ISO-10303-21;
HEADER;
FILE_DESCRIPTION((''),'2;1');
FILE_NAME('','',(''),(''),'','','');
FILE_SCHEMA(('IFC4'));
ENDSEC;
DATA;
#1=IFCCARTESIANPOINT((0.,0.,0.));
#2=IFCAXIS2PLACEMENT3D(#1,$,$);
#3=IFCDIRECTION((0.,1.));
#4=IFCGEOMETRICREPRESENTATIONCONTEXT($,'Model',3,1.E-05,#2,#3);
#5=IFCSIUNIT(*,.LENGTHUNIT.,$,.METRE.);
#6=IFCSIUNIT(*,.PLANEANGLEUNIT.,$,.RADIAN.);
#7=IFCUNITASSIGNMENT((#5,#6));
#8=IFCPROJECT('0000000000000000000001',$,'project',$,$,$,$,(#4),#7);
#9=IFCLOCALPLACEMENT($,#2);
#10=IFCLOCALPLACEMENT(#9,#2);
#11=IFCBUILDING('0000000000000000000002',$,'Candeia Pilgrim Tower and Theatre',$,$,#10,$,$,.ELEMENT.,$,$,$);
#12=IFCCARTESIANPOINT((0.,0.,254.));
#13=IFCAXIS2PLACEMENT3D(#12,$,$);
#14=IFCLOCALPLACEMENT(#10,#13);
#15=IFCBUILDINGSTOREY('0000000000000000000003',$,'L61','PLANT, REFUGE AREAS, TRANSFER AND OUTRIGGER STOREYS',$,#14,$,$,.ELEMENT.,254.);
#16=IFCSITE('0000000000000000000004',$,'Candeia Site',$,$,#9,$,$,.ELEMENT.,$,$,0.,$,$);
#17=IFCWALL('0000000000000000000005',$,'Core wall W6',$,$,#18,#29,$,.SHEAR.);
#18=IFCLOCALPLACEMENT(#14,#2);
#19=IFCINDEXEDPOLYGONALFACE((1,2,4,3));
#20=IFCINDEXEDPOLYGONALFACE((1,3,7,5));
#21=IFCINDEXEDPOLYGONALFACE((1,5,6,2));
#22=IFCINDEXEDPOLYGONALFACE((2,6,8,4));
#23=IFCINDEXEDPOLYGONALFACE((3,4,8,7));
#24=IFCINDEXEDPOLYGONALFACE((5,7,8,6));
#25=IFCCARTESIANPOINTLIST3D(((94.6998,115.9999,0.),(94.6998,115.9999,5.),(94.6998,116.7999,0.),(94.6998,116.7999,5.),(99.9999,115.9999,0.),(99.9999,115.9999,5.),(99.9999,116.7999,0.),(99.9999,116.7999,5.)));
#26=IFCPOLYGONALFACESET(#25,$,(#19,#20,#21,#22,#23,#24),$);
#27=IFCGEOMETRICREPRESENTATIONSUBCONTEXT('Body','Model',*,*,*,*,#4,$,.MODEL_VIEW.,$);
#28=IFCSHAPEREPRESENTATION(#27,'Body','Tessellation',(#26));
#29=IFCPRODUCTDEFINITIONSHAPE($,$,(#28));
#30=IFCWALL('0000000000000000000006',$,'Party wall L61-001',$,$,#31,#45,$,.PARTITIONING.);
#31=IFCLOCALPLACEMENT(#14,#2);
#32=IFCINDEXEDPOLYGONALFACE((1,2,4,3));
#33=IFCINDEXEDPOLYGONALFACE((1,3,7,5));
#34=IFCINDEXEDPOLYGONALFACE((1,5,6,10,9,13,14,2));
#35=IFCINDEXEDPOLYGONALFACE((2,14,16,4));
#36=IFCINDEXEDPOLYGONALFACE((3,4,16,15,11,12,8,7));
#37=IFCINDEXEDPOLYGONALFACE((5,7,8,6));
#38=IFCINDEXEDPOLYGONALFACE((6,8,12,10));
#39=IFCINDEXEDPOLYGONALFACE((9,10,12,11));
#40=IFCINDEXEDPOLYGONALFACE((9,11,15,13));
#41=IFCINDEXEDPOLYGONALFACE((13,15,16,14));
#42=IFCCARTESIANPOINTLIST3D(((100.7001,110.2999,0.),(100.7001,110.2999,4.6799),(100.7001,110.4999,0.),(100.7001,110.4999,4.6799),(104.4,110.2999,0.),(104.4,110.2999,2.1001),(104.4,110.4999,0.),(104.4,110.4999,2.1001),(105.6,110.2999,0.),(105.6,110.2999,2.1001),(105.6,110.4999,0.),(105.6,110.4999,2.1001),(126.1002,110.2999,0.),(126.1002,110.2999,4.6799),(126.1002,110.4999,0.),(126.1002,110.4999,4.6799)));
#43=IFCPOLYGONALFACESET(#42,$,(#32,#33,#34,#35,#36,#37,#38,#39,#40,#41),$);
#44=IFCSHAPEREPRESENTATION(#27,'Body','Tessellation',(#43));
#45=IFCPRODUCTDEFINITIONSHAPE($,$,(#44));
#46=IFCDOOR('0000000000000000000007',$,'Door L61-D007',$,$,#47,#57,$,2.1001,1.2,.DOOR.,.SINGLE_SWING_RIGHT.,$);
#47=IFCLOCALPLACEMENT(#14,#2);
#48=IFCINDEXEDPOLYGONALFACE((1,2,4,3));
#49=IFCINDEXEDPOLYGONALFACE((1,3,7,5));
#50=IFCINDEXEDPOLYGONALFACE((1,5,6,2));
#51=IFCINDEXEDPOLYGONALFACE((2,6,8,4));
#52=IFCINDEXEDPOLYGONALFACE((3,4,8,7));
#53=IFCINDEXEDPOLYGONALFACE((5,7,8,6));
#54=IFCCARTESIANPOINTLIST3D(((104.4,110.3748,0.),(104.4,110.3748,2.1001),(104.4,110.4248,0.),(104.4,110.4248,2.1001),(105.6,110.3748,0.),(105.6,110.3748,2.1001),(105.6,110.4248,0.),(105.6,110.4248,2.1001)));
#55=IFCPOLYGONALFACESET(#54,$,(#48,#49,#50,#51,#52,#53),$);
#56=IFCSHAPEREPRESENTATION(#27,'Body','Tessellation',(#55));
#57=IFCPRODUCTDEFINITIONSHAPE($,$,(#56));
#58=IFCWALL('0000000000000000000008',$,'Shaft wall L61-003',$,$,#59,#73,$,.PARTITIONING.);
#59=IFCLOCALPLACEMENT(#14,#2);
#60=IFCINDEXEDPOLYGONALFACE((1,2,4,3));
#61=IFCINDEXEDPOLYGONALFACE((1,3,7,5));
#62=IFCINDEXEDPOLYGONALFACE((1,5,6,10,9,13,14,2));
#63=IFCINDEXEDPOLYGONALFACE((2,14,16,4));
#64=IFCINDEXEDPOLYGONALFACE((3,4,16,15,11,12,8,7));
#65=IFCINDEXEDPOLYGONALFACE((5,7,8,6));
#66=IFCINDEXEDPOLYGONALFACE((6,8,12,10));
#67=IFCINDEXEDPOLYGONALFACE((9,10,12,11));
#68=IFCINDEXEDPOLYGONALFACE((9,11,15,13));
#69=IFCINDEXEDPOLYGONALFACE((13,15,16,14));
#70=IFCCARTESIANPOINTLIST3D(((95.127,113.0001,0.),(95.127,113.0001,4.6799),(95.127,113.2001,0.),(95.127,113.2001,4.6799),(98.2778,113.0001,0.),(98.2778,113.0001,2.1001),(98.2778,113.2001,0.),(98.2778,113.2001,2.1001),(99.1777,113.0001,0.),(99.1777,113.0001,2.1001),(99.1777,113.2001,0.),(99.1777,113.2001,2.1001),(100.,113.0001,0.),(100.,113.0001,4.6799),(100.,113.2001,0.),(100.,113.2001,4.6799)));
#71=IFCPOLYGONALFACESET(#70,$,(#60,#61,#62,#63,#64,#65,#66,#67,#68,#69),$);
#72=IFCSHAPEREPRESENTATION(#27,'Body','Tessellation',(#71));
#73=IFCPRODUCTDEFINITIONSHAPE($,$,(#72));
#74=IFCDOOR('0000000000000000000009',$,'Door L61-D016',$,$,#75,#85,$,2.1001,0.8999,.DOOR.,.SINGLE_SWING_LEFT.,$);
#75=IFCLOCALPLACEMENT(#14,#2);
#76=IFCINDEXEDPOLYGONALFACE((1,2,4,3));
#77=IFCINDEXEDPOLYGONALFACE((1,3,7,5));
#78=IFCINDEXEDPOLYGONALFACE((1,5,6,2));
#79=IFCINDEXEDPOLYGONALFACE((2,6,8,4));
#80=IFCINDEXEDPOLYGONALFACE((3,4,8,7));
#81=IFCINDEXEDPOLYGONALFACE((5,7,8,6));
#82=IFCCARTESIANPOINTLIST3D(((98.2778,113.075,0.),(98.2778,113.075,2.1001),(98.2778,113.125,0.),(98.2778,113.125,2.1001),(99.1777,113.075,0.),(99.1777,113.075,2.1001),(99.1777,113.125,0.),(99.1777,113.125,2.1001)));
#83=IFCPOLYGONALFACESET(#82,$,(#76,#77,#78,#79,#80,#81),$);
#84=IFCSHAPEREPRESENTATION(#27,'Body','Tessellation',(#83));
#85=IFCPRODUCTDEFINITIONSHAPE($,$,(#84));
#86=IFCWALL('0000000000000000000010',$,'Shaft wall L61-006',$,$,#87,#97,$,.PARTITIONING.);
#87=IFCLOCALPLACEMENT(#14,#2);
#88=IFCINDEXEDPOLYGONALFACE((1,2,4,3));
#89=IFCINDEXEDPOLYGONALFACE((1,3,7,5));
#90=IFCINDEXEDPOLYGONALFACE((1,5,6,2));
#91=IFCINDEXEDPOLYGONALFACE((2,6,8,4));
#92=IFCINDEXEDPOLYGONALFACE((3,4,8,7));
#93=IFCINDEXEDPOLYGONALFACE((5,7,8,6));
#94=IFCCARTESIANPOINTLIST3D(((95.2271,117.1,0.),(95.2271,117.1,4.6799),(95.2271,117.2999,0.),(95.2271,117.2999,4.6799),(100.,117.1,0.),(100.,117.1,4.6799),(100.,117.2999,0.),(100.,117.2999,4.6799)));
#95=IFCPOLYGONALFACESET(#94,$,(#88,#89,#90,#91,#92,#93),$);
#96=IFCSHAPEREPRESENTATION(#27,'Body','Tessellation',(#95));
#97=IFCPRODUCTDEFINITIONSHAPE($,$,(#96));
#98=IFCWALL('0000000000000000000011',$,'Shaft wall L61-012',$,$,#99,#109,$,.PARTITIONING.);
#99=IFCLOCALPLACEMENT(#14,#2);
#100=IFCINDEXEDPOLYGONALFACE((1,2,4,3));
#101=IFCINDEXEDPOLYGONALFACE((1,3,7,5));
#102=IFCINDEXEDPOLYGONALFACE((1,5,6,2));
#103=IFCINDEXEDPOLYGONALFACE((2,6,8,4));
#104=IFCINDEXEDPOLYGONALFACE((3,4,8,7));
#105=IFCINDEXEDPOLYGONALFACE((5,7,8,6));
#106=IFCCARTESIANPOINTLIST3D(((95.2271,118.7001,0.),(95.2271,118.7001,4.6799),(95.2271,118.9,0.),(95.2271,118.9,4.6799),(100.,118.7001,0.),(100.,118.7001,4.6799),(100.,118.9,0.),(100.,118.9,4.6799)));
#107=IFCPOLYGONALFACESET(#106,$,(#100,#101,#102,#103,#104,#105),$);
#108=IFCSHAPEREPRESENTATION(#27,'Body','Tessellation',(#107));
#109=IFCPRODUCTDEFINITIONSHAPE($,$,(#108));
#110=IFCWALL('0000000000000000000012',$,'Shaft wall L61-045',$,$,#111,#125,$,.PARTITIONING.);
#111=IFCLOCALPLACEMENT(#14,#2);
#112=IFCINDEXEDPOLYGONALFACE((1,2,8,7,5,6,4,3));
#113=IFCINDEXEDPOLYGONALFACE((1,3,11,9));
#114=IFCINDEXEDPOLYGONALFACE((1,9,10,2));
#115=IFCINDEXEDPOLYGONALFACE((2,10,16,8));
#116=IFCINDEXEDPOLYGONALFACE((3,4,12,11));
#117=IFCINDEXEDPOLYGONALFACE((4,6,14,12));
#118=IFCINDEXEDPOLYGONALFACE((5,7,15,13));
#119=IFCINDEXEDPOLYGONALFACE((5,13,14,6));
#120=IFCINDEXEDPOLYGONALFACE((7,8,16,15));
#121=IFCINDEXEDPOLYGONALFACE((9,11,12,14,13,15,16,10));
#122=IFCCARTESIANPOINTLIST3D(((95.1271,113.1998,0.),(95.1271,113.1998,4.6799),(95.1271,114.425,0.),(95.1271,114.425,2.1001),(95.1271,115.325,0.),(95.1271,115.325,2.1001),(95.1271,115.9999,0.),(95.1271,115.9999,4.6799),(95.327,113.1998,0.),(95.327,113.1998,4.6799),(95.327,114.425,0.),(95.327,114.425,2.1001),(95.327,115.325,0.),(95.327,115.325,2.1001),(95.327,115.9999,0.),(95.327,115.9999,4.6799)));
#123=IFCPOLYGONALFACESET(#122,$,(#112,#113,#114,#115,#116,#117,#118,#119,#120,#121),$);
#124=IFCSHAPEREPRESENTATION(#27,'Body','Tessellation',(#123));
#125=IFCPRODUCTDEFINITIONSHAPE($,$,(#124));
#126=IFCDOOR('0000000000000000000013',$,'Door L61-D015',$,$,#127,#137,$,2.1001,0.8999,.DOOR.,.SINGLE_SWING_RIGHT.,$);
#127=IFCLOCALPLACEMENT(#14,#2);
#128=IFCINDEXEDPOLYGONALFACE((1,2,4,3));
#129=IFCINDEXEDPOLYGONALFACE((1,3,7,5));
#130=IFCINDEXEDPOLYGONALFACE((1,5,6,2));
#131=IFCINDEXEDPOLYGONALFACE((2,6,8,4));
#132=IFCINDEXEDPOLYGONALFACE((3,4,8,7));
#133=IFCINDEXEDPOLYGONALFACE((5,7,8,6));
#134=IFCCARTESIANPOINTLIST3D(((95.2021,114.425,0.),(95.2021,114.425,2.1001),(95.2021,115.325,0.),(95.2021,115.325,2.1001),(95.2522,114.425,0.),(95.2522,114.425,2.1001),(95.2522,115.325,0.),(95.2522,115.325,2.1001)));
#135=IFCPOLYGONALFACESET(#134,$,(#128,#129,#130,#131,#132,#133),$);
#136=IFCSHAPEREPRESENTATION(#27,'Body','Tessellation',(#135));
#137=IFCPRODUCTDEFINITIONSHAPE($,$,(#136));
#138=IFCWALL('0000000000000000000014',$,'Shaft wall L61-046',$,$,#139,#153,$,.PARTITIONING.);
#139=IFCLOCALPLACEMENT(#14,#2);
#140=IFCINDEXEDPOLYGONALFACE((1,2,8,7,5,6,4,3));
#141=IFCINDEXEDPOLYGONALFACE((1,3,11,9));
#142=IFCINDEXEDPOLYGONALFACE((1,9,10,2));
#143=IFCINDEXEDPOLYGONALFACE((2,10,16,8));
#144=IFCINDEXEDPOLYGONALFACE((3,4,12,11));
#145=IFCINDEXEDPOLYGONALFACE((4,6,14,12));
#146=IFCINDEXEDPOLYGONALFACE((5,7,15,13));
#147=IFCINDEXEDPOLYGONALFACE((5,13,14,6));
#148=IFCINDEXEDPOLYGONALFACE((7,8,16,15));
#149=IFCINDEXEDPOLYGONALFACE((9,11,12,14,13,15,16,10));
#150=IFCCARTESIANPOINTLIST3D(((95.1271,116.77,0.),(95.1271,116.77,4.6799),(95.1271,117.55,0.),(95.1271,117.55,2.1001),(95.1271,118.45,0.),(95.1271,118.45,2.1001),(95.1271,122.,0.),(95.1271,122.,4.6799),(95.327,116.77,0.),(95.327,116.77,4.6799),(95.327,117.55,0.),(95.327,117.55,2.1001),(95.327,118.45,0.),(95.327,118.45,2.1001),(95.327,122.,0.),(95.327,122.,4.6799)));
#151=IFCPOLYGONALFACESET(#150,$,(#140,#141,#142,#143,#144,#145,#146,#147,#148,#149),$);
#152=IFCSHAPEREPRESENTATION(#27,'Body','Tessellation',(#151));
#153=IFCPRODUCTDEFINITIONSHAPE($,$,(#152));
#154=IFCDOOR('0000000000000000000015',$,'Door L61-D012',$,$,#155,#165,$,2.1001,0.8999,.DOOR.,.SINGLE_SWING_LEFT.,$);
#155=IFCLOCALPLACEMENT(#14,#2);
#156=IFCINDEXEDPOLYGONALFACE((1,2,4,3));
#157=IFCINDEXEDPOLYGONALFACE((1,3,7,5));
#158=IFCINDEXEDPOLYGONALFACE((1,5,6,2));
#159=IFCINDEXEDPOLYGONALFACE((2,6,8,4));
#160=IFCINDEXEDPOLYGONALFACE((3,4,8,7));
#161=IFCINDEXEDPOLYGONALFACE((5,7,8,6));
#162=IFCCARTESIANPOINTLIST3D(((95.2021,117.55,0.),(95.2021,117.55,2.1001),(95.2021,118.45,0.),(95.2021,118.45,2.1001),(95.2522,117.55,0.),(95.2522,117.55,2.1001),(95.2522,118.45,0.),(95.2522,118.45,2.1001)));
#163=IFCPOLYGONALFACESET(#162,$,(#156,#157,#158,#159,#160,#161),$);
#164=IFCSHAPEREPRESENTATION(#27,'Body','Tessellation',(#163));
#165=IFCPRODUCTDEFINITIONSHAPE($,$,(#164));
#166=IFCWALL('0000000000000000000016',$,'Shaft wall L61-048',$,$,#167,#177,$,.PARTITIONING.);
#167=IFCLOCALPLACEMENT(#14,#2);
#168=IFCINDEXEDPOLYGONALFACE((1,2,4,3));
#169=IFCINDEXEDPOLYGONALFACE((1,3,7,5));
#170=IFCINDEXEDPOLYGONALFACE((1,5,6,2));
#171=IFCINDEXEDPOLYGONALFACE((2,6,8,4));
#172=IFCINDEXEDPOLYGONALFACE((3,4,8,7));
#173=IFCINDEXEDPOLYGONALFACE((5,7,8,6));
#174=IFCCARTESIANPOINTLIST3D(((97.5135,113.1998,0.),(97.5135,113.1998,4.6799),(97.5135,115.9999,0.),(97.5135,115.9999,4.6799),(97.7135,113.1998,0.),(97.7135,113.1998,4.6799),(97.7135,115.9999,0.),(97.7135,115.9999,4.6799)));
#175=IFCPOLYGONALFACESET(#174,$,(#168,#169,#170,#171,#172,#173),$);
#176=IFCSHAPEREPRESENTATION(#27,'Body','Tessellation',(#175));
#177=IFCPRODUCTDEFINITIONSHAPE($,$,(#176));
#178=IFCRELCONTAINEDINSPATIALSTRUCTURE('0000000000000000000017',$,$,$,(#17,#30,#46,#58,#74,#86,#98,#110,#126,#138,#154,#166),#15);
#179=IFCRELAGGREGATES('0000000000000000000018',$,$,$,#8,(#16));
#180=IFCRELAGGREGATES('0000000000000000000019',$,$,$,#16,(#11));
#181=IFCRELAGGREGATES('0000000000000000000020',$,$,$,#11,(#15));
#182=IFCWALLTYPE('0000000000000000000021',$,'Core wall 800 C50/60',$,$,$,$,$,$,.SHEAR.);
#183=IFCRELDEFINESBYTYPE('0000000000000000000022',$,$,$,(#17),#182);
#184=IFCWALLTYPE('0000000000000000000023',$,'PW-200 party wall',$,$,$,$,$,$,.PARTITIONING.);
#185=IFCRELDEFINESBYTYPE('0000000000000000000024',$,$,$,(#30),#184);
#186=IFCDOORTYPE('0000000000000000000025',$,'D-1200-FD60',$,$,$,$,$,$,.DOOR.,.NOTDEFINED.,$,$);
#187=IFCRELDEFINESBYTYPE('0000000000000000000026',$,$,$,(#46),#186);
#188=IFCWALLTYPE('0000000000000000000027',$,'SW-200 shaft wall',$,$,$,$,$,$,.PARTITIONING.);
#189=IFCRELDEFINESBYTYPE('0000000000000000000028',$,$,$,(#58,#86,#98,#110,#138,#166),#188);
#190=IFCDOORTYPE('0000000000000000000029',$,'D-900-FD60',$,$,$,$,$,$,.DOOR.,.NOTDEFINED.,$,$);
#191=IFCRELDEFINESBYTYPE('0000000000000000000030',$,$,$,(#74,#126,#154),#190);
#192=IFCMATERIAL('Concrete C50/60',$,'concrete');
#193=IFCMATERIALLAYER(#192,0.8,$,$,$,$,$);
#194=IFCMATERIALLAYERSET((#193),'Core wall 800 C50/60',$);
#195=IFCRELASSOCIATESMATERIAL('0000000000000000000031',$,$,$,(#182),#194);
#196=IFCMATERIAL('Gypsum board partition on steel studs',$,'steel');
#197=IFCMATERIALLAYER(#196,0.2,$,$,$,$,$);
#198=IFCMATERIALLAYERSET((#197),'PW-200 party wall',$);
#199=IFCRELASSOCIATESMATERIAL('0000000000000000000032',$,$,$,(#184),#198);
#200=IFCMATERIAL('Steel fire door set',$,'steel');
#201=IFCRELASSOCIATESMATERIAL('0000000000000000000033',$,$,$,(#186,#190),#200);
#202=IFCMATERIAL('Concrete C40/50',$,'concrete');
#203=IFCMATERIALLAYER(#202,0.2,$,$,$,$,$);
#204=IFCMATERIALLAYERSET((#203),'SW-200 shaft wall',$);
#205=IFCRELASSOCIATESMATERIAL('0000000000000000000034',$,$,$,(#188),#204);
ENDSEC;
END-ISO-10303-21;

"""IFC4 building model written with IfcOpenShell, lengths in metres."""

from ifc_helpers import new_model, si_unit, direction, frame, frame_2d, origin, place, context, subcontext, project, spatial, rectangle, extrude, material, layer, layer_set, type_object, element, fill, save


model = new_model("IFC4")

# Units and contexts
model_context = context("Model", 3, precision=1e-05, world=origin(), true_north=direction((0.0, 1.0)))
body_context = subcontext(model_context, "Body", "Model", "MODEL_VIEW")
ifc_project = project(units=[si_unit("LENGTHUNIT", "METRE"), si_unit("PLANEANGLEUNIT", "RADIAN")], contexts=[model_context])

# Site, building, storey
site_placement = place(None, origin())
site = spatial("IfcSite", under=ifc_project, at=site_placement, Name="Candeia Site", CompositionType="ELEMENT", RefElevation=0.0)
building_placement = place(site_placement, origin())
building = spatial("IfcBuilding", under=site, at=building_placement, Name="Candeia Pilgrim Tower and Theatre", CompositionType="ELEMENT")
storey_placement = place(building_placement, frame((0.0, 0.0, 254.0)))
storey = spatial("IfcBuildingStorey", under=building, at=storey_placement, Name="L61", Description="PLANT, REFUGE AREAS, TRANSFER AND OUTRIGGER STOREYS", CompositionType="ELEMENT", Elevation=254.0)

# Shared definitions
ifc_material_1 = material(Name="Concrete C50/60", Category="concrete")

# Shared definitions
ifc_layer_1 = layer(ifc_material_1, 0.8)
ifc_layer_set_1 = layer_set([ifc_layer_1], Name="Core wall 800 C50/60")
wall_type_1 = type_object("IfcWallType", Name="Core wall 800 C50/60", PredefinedType="SHEAR", material=ifc_layer_set_1)
ifc_material_2 = material(Name="Steel fire door set", Category="steel")

# Wall
wall_1_placement = place(storey_placement, frame((94.7, 116.3999, 0.0), z_axis=(0.0, 0.0, 1.0), x_axis=(1.0, 0.0, 0.0)))
element("IfcWall", 1, at=wall_1_placement, inside=storey, type_object=wall_type_1, Name="Core wall W6", PredefinedType="SHEAR", context=body_context, shape_type="SweptSolid", body=[
    extrude(rectangle(XDim=5.3, YDim=0.8, at=frame_2d((2.6499, 0.0))), origin(), (0.0, 0.0, 1.0), 5.0),
])

# Walls, openings, doors
ifc_material_3 = material(Name="Gypsum board partition on steel studs", Category="steel")
ifc_layer_2 = layer(ifc_material_3, 0.2)
ifc_layer_set_2 = layer_set([ifc_layer_2], Name="PW-200 party wall")
wall_type_2 = type_object("IfcWallType", Name="PW-200 party wall", PredefinedType="PARTITIONING", material=ifc_layer_set_2)
wall_2_placement = place(storey_placement, frame((100.7, 110.3999, 0.0), z_axis=(0.0, 0.0, 1.0), x_axis=(1.0, 0.0, 0.0)))
wall_2 = element("IfcWall", 2, at=wall_2_placement, inside=storey, type_object=wall_type_2, Name="Party wall L61-001", PredefinedType="PARTITIONING", context=body_context, shape_type="SweptSolid", body=[
    extrude(rectangle(XDim=25.4001, YDim=0.2, at=frame_2d((12.7002, 0.0))), origin(), (0.0, 0.0, 1.0), 4.6799),
])
opening_1_placement = place(wall_2_placement, frame((3.7, 0.0, 0.0)))
opening_1 = element("IfcOpeningElement", 3, at=opening_1_placement, cuts=wall_2, PredefinedType="OPENING", context=body_context, shape_type="SweptSolid", body=[
    extrude(rectangle(XDim=1.2, YDim=2.1001, at=frame_2d((0.6001, 1.05))), frame((0.0, 0.1099, 0.0), z_axis=(0.0, -1.0, 0.0), x_axis=(1.0, 0.0, 0.0)), (0.0, 0.0, 1.0), 0.22),
])
door_type_1 = type_object("IfcDoorType", Name="D-1200-FD60", OperationType="NOTDEFINED", PredefinedType="DOOR", material=ifc_material_2)
door_1_placement = place(opening_1_placement, origin())
door_1 = element("IfcDoor", 4, at=door_1_placement, inside=storey, type_object=door_type_1, Name="Door L61-D007", OperationType="SINGLE_SWING_RIGHT", OverallHeight=2.1001, OverallWidth=1.2, PredefinedType="DOOR", context=body_context, shape_type="SweptSolid", body=[
    extrude(rectangle(XDim=1.2, YDim=2.1001, at=frame_2d((0.6001, 1.05))), frame((0.0, 0.0249, 0.0), z_axis=(0.0, -1.0, 0.0), x_axis=(1.0, 0.0, 0.0)), (0.0, 0.0, 1.0), 0.05),
])
fill(opening_1, door_1)
ifc_material_4 = material(Name="Concrete C40/50", Category="concrete")
ifc_layer_3 = layer(ifc_material_4, 0.2)
ifc_layer_set_3 = layer_set([ifc_layer_3], Name="SW-200 shaft wall")
wall_type_3 = type_object("IfcWallType", Name="SW-200 shaft wall", PredefinedType="PARTITIONING", material=ifc_layer_set_3)
wall_3_placement = place(storey_placement, frame((95.127, 113.1001, 0.0), z_axis=(0.0, 0.0, 1.0), x_axis=(1.0, 0.0, 0.0)))
wall_3 = element("IfcWall", 5, at=wall_3_placement, inside=storey, type_object=wall_type_3, Name="Shaft wall L61-003", PredefinedType="PARTITIONING", context=body_context, shape_type="SweptSolid", body=[
    extrude(rectangle(XDim=4.873, YDim=0.2, at=frame_2d((2.4365, 0.0))), origin(), (0.0, 0.0, 1.0), 4.6799),
])
opening_2_placement = place(wall_3_placement, frame((3.1509, 0.0, 0.0)))
opening_2 = element("IfcOpeningElement", 6, at=opening_2_placement, cuts=wall_3, PredefinedType="OPENING", context=body_context, shape_type="SweptSolid", body=[
    extrude(rectangle(XDim=0.8999, YDim=2.1001, at=frame_2d((0.45, 1.05))), frame((0.0, 0.1099, 0.0), z_axis=(0.0, -1.0, 0.0), x_axis=(1.0, 0.0, 0.0)), (0.0, 0.0, 1.0), 0.22),
])
door_type_2 = type_object("IfcDoorType", Name="D-900-FD60", OperationType="NOTDEFINED", PredefinedType="DOOR", material=ifc_material_2)
door_2_placement = place(opening_2_placement, origin())
door_2 = element("IfcDoor", 7, at=door_2_placement, inside=storey, type_object=door_type_2, Name="Door L61-D016", OperationType="SINGLE_SWING_LEFT", OverallHeight=2.1001, OverallWidth=0.8999, PredefinedType="DOOR", context=body_context, shape_type="SweptSolid", body=[
    extrude(rectangle(XDim=0.8999, YDim=2.1001, at=frame_2d((0.45, 1.05))), frame((0.0, 0.0249, 0.0), z_axis=(0.0, -1.0, 0.0), x_axis=(1.0, 0.0, 0.0)), (0.0, 0.0, 1.0), 0.05),
])
fill(opening_2, door_2)

# Walls
for number, where, z_axis, x_axis, name in (
    (8, (95.2271, 117.2, 0.0), (0.0, 0.0, 1.0), (1.0, 0.0, 0.0), "Shaft wall L61-006"),
    (9, (95.2271, 118.8, 0.0), (0.0, 0.0, 1.0), (1.0, 0.0, 0.0), "Shaft wall L61-012"),
):
    element("IfcWall", number, at=place(storey_placement, frame(where, z_axis=z_axis, x_axis=x_axis)), inside=storey, type_object=wall_type_3, Name=name, PredefinedType="PARTITIONING", context=body_context, shape_type="SweptSolid", body=[
        extrude(rectangle(XDim=4.7729, YDim=0.2, at=frame_2d((2.3865, 0.0))), origin(), (0.0, 0.0, 1.0), 4.6799),
    ])

# Walls, openings, doors
wall_4_placement = place(storey_placement, frame((95.2271, 113.2, 0.0), z_axis=(0.0, 0.0, 1.0), x_axis=(0.0, 1.0, 0.0)))
wall_4 = element("IfcWall", 10, at=wall_4_placement, inside=storey, type_object=wall_type_3, Name="Shaft wall L61-045", PredefinedType="PARTITIONING", context=body_context, shape_type="SweptSolid", body=[
    extrude(rectangle(XDim=2.8, YDim=0.2, at=frame_2d((1.3999, 0.0))), origin(), (0.0, 0.0, 1.0), 4.6799),
])
opening_3_placement = place(wall_4_placement, frame((1.2251, 0.0, 0.0)))
opening_3 = element("IfcOpeningElement", 11, at=opening_3_placement, cuts=wall_4, PredefinedType="OPENING", context=body_context, shape_type="SweptSolid", body=[
    extrude(rectangle(XDim=0.8999, YDim=2.1001, at=frame_2d((0.45, 1.05))), frame((0.0, 0.1099, 0.0), z_axis=(0.0, -1.0, 0.0), x_axis=(1.0, 0.0, 0.0)), (0.0, 0.0, 1.0), 0.22),
])
door_3_placement = place(opening_3_placement, origin())
door_3 = element("IfcDoor", 12, at=door_3_placement, inside=storey, type_object=door_type_2, Name="Door L61-D015", OperationType="SINGLE_SWING_RIGHT", OverallHeight=2.1001, OverallWidth=0.8999, PredefinedType="DOOR", context=body_context, shape_type="SweptSolid", body=[
    extrude(rectangle(XDim=0.8999, YDim=2.1001, at=frame_2d((0.45, 1.05))), frame((0.0, 0.0249, 0.0), z_axis=(0.0, -1.0, 0.0), x_axis=(1.0, 0.0, 0.0)), (0.0, 0.0, 1.0), 0.05),
])
fill(opening_3, door_3)
wall_5_placement = place(storey_placement, frame((95.2271, 116.77, 0.0), z_axis=(0.0, 0.0, 1.0), x_axis=(0.0, 1.0, 0.0)))
wall_5 = element("IfcWall", 13, at=wall_5_placement, inside=storey, type_object=wall_type_3, Name="Shaft wall L61-046", PredefinedType="PARTITIONING", context=body_context, shape_type="SweptSolid", body=[
    extrude(rectangle(XDim=5.23, YDim=0.2, at=frame_2d((2.615, 0.0))), origin(), (0.0, 0.0, 1.0), 4.6799),
])
opening_4_placement = place(wall_5_placement, frame((0.78, 0.0, 0.0)))
opening_4 = element("IfcOpeningElement", 14, at=opening_4_placement, cuts=wall_5, PredefinedType="OPENING", context=body_context, shape_type="SweptSolid", body=[
    extrude(rectangle(XDim=0.8999, YDim=2.1001, at=frame_2d((0.45, 1.05))), frame((0.0, 0.1099, 0.0), z_axis=(0.0, -1.0, 0.0), x_axis=(1.0, 0.0, 0.0)), (0.0, 0.0, 1.0), 0.22),
])
door_4_placement = place(opening_4_placement, origin())
door_4 = element("IfcDoor", 15, at=door_4_placement, inside=storey, type_object=door_type_2, Name="Door L61-D012", OperationType="SINGLE_SWING_LEFT", OverallHeight=2.1001, OverallWidth=0.8999, PredefinedType="DOOR", context=body_context, shape_type="SweptSolid", body=[
    extrude(rectangle(XDim=0.8999, YDim=2.1001, at=frame_2d((0.45, 1.05))), frame((0.0, 0.0249, 0.0), z_axis=(0.0, -1.0, 0.0), x_axis=(1.0, 0.0, 0.0)), (0.0, 0.0, 1.0), 0.05),
])
fill(opening_4, door_4)

# Wall
wall_6_placement = place(storey_placement, frame((97.6135, 113.2, 0.0), z_axis=(0.0, 0.0, 1.0), x_axis=(0.0, 1.0, 0.0)))
element("IfcWall", 16, at=wall_6_placement, inside=storey, type_object=wall_type_3, Name="Shaft wall L61-048", PredefinedType="PARTITIONING", context=body_context, shape_type="SweptSolid", body=[
    extrude(rectangle(XDim=2.8, YDim=0.2, at=frame_2d((1.3999, 0.0))), origin(), (0.0, 0.0, 1.0), 4.6799),
])

save(model, "model.ifc")
